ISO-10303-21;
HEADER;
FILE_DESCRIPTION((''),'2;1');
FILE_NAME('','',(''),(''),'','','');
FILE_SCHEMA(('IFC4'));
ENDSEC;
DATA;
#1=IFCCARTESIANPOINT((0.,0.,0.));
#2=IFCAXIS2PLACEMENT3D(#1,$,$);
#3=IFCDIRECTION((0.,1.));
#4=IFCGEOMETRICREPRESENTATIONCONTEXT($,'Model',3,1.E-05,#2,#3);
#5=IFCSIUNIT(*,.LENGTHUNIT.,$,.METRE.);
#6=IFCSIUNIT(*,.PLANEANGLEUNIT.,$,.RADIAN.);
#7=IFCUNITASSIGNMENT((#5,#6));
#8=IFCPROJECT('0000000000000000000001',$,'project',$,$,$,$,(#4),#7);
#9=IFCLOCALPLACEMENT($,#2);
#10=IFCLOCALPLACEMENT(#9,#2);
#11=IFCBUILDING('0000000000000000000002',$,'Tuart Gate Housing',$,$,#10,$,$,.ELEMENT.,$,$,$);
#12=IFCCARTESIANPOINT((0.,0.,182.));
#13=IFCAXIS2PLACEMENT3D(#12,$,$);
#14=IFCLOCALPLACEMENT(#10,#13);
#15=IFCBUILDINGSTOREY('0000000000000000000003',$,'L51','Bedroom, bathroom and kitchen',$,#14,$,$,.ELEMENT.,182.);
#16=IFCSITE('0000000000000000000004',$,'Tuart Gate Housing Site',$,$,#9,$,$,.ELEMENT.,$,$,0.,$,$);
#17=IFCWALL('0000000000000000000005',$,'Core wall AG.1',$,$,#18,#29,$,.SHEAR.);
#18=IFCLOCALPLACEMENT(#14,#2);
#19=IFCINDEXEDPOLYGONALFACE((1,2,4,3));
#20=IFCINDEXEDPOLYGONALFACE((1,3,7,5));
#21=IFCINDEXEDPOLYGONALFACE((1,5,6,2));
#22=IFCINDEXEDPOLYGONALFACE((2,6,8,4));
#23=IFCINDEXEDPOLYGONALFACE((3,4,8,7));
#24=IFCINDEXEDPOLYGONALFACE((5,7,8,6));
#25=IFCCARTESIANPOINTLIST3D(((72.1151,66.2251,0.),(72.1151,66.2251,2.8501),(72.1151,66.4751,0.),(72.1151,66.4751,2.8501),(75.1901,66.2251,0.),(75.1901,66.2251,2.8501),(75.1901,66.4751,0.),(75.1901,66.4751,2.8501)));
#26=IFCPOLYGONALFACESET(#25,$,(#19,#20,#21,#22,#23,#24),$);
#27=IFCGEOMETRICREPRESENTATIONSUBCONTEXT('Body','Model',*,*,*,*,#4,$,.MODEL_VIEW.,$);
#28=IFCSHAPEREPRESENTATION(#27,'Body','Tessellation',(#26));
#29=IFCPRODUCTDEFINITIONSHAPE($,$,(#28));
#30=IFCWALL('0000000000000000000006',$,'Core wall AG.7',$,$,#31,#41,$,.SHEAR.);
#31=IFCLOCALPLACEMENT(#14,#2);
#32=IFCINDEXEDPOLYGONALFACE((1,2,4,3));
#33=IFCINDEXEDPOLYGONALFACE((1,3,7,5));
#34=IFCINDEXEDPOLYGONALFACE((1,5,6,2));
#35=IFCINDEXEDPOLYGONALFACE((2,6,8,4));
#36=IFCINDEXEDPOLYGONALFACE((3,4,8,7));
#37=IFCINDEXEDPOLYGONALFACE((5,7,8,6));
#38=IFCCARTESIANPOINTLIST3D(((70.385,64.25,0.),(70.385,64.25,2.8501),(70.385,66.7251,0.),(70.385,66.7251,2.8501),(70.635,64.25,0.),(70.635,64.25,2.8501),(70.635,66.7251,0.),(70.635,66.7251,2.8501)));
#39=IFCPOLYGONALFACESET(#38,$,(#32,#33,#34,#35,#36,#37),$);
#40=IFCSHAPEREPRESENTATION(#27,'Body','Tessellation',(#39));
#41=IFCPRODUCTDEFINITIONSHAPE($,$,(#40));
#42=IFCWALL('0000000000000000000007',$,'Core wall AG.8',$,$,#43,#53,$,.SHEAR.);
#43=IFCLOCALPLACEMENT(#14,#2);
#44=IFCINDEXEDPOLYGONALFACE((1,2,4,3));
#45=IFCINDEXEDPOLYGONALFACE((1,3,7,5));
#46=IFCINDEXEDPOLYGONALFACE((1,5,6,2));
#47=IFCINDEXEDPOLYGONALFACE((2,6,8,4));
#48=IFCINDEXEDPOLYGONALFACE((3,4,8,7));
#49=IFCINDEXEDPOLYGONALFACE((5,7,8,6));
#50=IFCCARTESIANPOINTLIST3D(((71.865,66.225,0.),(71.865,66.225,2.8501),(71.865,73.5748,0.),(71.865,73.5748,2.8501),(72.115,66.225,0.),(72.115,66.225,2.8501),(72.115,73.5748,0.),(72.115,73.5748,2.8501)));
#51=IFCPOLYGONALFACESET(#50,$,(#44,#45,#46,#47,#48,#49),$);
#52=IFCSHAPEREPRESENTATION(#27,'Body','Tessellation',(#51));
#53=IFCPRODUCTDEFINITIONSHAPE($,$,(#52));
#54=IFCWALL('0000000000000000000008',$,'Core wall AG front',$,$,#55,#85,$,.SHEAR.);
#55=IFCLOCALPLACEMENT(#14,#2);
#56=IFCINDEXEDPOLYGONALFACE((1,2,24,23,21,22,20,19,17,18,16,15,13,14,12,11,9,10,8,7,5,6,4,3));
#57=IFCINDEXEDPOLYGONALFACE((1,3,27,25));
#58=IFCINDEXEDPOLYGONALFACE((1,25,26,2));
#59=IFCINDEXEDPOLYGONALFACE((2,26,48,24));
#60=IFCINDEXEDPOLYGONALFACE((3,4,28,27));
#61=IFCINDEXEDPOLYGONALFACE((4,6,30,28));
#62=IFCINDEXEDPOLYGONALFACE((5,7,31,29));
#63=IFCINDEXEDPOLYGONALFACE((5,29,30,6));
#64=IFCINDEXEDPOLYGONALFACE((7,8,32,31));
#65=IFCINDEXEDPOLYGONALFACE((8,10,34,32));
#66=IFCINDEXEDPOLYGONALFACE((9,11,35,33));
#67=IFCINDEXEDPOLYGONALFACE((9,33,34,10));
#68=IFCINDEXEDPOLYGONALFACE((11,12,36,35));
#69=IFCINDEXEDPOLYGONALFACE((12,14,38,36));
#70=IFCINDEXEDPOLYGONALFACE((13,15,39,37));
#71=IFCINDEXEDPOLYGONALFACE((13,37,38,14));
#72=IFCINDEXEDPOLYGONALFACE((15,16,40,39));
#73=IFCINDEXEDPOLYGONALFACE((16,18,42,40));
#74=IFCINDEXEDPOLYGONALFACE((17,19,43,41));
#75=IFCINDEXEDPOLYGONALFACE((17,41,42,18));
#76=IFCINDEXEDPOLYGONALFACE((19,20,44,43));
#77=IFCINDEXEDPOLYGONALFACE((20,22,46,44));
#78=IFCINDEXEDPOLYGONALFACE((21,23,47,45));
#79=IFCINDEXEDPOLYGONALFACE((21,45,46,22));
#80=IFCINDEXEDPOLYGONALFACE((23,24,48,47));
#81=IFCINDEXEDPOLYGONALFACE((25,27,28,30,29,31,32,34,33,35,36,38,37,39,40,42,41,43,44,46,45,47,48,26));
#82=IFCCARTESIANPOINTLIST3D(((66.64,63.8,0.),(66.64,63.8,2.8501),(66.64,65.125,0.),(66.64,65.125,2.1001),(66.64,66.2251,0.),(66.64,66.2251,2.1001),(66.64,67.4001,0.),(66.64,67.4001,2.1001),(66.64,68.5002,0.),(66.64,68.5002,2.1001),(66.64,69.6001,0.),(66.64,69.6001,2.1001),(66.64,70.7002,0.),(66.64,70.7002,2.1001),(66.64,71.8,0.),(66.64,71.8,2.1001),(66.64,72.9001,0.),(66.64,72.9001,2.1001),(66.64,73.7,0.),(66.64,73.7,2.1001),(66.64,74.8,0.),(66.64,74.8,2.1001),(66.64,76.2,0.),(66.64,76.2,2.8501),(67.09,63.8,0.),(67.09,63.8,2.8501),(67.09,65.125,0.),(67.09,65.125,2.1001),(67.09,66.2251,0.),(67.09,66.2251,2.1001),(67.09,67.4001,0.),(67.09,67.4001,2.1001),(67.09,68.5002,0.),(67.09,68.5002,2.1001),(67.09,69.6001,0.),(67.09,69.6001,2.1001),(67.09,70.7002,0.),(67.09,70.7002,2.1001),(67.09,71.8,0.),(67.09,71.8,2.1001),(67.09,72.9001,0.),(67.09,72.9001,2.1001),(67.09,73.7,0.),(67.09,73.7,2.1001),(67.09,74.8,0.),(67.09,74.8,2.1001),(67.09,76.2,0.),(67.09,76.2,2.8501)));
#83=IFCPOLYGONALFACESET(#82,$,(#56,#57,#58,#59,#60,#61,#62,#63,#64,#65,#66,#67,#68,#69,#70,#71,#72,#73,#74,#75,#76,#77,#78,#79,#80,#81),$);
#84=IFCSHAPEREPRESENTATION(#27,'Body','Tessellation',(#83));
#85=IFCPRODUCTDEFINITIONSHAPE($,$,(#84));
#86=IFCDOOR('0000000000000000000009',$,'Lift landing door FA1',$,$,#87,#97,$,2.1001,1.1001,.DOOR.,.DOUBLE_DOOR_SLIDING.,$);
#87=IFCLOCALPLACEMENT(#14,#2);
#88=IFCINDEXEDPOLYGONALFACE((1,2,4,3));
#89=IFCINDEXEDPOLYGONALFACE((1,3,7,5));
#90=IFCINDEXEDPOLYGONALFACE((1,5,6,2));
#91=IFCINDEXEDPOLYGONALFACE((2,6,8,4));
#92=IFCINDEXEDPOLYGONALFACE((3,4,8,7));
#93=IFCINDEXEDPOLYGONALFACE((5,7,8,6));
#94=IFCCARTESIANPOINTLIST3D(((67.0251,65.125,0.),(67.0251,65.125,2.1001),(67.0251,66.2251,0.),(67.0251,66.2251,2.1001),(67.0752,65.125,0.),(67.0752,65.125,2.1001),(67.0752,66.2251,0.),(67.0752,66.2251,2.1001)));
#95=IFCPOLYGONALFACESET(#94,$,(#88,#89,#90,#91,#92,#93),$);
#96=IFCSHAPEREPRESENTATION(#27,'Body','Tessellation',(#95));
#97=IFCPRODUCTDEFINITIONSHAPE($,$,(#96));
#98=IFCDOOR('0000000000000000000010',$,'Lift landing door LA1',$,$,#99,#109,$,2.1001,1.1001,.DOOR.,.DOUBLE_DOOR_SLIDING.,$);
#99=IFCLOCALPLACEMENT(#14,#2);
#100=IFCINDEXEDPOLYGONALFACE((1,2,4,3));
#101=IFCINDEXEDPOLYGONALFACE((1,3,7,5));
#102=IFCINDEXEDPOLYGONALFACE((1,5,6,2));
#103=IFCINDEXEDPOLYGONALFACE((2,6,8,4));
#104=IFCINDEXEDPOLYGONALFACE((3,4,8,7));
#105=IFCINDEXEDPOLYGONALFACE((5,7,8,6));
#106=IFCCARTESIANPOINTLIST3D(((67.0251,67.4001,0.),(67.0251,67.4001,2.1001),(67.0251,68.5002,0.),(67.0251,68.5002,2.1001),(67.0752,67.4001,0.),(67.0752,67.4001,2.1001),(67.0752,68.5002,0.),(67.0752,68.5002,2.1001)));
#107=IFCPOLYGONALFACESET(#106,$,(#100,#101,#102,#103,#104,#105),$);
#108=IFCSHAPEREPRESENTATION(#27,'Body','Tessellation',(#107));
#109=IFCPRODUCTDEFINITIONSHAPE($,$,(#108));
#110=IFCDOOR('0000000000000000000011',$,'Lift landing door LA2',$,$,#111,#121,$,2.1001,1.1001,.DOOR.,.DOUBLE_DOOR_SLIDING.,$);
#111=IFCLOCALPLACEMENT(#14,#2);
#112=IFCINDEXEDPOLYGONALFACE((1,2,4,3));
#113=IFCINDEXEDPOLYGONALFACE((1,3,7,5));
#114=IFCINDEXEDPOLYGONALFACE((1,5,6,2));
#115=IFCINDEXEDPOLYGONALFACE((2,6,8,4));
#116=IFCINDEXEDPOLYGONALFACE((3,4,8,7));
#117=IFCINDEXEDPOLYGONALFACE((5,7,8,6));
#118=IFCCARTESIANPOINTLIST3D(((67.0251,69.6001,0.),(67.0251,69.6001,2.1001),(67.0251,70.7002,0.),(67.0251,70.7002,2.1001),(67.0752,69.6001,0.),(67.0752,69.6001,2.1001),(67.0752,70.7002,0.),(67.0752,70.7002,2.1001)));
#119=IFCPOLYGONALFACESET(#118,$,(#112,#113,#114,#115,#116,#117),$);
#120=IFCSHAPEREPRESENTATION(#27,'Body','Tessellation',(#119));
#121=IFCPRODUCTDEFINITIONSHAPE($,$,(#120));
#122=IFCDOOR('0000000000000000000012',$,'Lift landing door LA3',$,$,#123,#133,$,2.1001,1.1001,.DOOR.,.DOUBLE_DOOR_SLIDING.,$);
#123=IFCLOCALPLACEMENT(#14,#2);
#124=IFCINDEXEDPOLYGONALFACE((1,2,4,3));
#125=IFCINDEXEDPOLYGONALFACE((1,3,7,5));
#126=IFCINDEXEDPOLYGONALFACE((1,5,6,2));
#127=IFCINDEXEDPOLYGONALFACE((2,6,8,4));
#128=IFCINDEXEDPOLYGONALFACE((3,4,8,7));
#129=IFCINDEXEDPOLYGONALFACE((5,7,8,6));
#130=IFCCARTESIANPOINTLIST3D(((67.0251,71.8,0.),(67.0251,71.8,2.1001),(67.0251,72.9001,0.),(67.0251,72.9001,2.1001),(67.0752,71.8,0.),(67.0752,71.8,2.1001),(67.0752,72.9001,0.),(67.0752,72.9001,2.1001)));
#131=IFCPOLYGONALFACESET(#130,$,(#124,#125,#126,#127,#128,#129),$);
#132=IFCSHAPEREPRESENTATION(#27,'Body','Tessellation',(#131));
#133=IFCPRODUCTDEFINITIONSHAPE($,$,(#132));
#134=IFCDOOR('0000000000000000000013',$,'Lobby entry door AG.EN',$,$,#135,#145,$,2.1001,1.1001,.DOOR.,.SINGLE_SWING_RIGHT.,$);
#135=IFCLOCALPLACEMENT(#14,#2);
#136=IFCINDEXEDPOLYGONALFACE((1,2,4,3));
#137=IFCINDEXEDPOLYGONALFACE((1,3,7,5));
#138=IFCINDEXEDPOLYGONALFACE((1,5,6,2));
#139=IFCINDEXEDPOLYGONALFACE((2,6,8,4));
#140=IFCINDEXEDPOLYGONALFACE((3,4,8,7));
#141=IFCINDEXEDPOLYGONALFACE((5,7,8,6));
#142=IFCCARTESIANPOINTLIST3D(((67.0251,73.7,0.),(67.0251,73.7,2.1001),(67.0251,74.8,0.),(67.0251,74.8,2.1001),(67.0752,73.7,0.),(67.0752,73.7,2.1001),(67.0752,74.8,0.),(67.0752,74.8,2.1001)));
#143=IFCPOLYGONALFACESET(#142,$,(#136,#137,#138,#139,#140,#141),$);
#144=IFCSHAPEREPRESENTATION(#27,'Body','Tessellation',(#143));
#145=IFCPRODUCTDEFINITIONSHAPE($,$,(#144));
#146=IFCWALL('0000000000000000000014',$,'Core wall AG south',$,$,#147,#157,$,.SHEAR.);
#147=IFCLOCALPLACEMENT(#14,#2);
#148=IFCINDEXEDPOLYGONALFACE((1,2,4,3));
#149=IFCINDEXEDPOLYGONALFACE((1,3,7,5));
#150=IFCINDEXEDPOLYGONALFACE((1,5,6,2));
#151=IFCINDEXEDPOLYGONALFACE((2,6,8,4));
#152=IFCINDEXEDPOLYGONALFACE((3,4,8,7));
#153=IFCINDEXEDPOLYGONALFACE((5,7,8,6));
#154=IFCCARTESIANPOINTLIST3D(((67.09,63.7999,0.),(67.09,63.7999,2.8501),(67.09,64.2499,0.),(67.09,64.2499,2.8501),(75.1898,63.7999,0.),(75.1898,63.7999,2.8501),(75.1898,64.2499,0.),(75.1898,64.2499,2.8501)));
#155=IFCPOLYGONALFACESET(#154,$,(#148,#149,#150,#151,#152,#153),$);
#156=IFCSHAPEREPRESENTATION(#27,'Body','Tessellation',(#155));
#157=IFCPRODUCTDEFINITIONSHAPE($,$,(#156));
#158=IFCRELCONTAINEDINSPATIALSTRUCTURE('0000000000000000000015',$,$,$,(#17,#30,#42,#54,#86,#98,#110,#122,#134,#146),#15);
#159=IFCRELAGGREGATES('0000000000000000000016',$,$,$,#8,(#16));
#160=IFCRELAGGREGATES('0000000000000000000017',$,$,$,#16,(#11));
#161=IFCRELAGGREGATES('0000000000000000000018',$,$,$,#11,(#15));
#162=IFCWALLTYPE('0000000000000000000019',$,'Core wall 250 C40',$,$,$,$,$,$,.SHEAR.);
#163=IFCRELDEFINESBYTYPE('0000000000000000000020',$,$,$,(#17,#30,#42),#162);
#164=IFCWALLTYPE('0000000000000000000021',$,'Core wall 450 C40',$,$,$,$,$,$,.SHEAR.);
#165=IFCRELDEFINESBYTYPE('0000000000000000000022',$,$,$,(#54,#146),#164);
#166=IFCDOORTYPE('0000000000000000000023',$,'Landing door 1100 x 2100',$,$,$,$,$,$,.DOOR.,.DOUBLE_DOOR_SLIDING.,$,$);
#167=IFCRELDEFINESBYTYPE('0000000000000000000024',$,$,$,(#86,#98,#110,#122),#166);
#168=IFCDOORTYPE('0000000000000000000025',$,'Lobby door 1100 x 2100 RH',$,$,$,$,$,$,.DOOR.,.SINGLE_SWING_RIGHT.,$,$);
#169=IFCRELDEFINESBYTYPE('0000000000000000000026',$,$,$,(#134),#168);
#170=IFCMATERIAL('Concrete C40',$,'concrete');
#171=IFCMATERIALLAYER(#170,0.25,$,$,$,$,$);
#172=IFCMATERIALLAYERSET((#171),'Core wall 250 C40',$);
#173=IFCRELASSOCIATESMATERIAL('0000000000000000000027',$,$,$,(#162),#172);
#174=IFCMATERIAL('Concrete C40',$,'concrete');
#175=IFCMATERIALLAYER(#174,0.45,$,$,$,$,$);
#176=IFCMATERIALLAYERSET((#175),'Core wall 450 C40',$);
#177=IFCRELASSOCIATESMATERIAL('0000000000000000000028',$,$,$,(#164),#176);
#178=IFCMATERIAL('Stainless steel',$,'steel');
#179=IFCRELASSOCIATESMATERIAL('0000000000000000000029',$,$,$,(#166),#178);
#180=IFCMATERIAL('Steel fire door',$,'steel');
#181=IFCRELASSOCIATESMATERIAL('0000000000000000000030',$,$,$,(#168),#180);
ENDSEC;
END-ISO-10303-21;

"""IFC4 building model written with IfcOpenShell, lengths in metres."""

from ifc_helpers import new_model, si_unit, direction, frame, frame_2d, origin, place, context, subcontext, project, spatial, rectangle, extrude, material, layer, layer_set, type_object, element, fill, save


model = new_model("IFC4")

# Units and contexts
model_context = context("Model", 3, precision=1e-05, world=origin(), true_north=direction((0.0, 1.0)))
body_context = subcontext(model_context, "Body", "Model", "MODEL_VIEW")
ifc_project = project(units=[si_unit("LENGTHUNIT", "METRE"), si_unit("PLANEANGLEUNIT", "RADIAN")], contexts=[model_context])

# Site, building, storey
site_placement = place(None, origin())
site = spatial("IfcSite", under=ifc_project, at=site_placement, Name="Tuart Gate Housing Site", CompositionType="ELEMENT", RefElevation=0.0)
building_placement = place(site_placement, origin())
building = spatial("IfcBuilding", under=site, at=building_placement, Name="Tuart Gate Housing", CompositionType="ELEMENT")
storey_placement = place(building_placement, frame((0.0, 0.0, 182.0)))
storey = spatial("IfcBuildingStorey", under=building, at=storey_placement, Name="L51", Description="Bedroom, bathroom and kitchen", CompositionType="ELEMENT", Elevation=182.0)

# Walls
ifc_material_1 = material(Name="Concrete C40", Category="concrete")
ifc_layer_1 = layer(ifc_material_1, 0.25)
ifc_layer_set_1 = layer_set([ifc_layer_1], Name="Core wall 250 C40")
wall_type_1 = type_object("IfcWallType", Name="Core wall 250 C40", PredefinedType="SHEAR", material=ifc_layer_set_1)
wall_1_placement = place(storey_placement, frame((72.115, 66.3501, 0.0), z_axis=(0.0, 0.0, 1.0), x_axis=(1.0, 0.0, 0.0)))
element("IfcWall", 1, at=wall_1_placement, inside=storey, type_object=wall_type_1, Name="Core wall AG.1", PredefinedType="SHEAR", context=body_context, shape_type="SweptSolid", body=[
    extrude(rectangle(XDim=3.075, YDim=0.25, at=frame_2d((1.5376, 0.0))), origin(), (0.0, 0.0, 1.0), 2.8501),
])
wall_2_placement = place(storey_placement, frame((70.51, 64.25, 0.0), z_axis=(0.0, 0.0, 1.0), x_axis=(0.0, 1.0, 0.0)))
element("IfcWall", 2, at=wall_2_placement, inside=storey, type_object=wall_type_1, Name="Core wall AG.7", PredefinedType="SHEAR", context=body_context, shape_type="SweptSolid", body=[
    extrude(rectangle(XDim=2.4751, YDim=0.25, at=frame_2d((1.2375, 0.0))), origin(), (0.0, 0.0, 1.0), 2.8501),
])
wall_3_placement = place(storey_placement, frame((71.99, 66.2251, 0.0), z_axis=(0.0, 0.0, 1.0), x_axis=(0.0, 1.0, 0.0)))
element("IfcWall", 3, at=wall_3_placement, inside=storey, type_object=wall_type_1, Name="Core wall AG.8", PredefinedType="SHEAR", context=body_context, shape_type="SweptSolid", body=[
    extrude(rectangle(XDim=7.3499, YDim=0.25, at=frame_2d((3.6748, 0.0))), origin(), (0.0, 0.0, 1.0), 2.8501),
])

# Wall, openings, doors
ifc_material_2 = material(Name="Concrete C40", Category="concrete")
ifc_layer_2 = layer(ifc_material_2, 0.45)
ifc_layer_set_2 = layer_set([ifc_layer_2], Name="Core wall 450 C40")
wall_type_2 = type_object("IfcWallType", Name="Core wall 450 C40", PredefinedType="SHEAR", material=ifc_layer_set_2)
wall_4_placement = place(storey_placement, frame((66.865, 63.8, 0.0), z_axis=(0.0, 0.0, 1.0), x_axis=(0.0, 1.0, 0.0)))
wall_4 = element("IfcWall", 4, at=wall_4_placement, inside=storey, type_object=wall_type_2, Name="Core wall AG front", PredefinedType="SHEAR", context=body_context, shape_type="SweptSolid", body=[
    extrude(rectangle(XDim=12.3999, YDim=0.45, at=frame_2d((6.2, 0.0))), origin(), (0.0, 0.0, 1.0), 2.8501),
])
opening_1_placement = place(wall_4_placement, frame((1.325, 0.0, 0.0)))
opening_1 = element("IfcOpeningElement", 5, at=opening_1_placement, cuts=wall_4, PredefinedType="OPENING", context=body_context, shape_type="SweptSolid", body=[
    extrude(rectangle(XDim=1.1001, YDim=2.1001, at=frame_2d((0.55, 1.05))), frame((0.0, 0.2349, 0.0), z_axis=(0.0, -1.0, 0.0), x_axis=(1.0, 0.0, 0.0)), (0.0, 0.0, 1.0), 0.47),
])
opening_2_placement = place(wall_4_placement, frame((3.6001, 0.0, 0.0)))
opening_2 = element("IfcOpeningElement", 6, at=opening_2_placement, cuts=wall_4, PredefinedType="OPENING", context=body_context, shape_type="SweptSolid", body=[
    extrude(rectangle(XDim=1.1001, YDim=2.1001, at=frame_2d((0.55, 1.05))), frame((0.0, 0.2349, 0.0), z_axis=(0.0, -1.0, 0.0), x_axis=(1.0, 0.0, 0.0)), (0.0, 0.0, 1.0), 0.47),
])
opening_3_placement = place(wall_4_placement, frame((5.8, 0.0, 0.0)))
opening_3 = element("IfcOpeningElement", 7, at=opening_3_placement, cuts=wall_4, PredefinedType="OPENING", context=body_context, shape_type="SweptSolid", body=[
    extrude(rectangle(XDim=1.1001, YDim=2.1001, at=frame_2d((0.55, 1.05))), frame((0.0, 0.2349, 0.0), z_axis=(0.0, -1.0, 0.0), x_axis=(1.0, 0.0, 0.0)), (0.0, 0.0, 1.0), 0.47),
])
opening_4_placement = place(wall_4_placement, frame((8.0, 0.0, 0.0)))
opening_4 = element("IfcOpeningElement", 8, at=opening_4_placement, cuts=wall_4, PredefinedType="OPENING", context=body_context, shape_type="SweptSolid", body=[
    extrude(rectangle(XDim=1.1001, YDim=2.1001, at=frame_2d((0.55, 1.05))), frame((0.0, 0.2349, 0.0), z_axis=(0.0, -1.0, 0.0), x_axis=(1.0, 0.0, 0.0)), (0.0, 0.0, 1.0), 0.47),
])
opening_5_placement = place(wall_4_placement, frame((9.8999, 0.0, 0.0)))
opening_5 = element("IfcOpeningElement", 9, at=opening_5_placement, cuts=wall_4, PredefinedType="OPENING", context=body_context, shape_type="SweptSolid", body=[
    extrude(rectangle(XDim=1.1001, YDim=2.1001, at=frame_2d((0.55, 1.05))), frame((0.0, 0.2349, 0.0), z_axis=(0.0, -1.0, 0.0), x_axis=(1.0, 0.0, 0.0)), (0.0, 0.0, 1.0), 0.47),
])
ifc_material_3 = material(Name="Stainless steel", Category="steel")
door_type_1 = type_object("IfcDoorType", Name="Landing door 1100 x 2100", OperationType="DOUBLE_DOOR_SLIDING", PredefinedType="DOOR", material=ifc_material_3)
door_1_placement = place(opening_1_placement, origin())
door_1 = element("IfcDoor", 10, at=door_1_placement, inside=storey, type_object=door_type_1, Name="Lift landing door FA1", OperationType="DOUBLE_DOOR_SLIDING", OverallHeight=2.1001, OverallWidth=1.1001, PredefinedType="DOOR", context=body_context, shape_type="SweptSolid", body=[
    extrude(rectangle(XDim=1.1001, YDim=2.1001, at=frame_2d((0.55, 1.05))), frame((0.0, -0.1602, 0.0), z_axis=(0.0, -1.0, 0.0), x_axis=(1.0, 0.0, 0.0)), (0.0, 0.0, 1.0), 0.05),
])
fill(opening_1, door_1)
door_2_placement = place(opening_2_placement, origin())
door_2 = element("IfcDoor", 11, at=door_2_placement, inside=storey, type_object=door_type_1, Name="Lift landing door LA1", OperationType="DOUBLE_DOOR_SLIDING", OverallHeight=2.1001, OverallWidth=1.1001, PredefinedType="DOOR", context=body_context, shape_type="SweptSolid", body=[
    extrude(rectangle(XDim=1.1001, YDim=2.1001, at=frame_2d((0.55, 1.05))), frame((0.0, -0.1602, 0.0), z_axis=(0.0, -1.0, 0.0), x_axis=(1.0, 0.0, 0.0)), (0.0, 0.0, 1.0), 0.05),
])
fill(opening_2, door_2)
door_3_placement = place(opening_3_placement, origin())
door_3 = element("IfcDoor", 12, at=door_3_placement, inside=storey, type_object=door_type_1, Name="Lift landing door LA2", OperationType="DOUBLE_DOOR_SLIDING", OverallHeight=2.1001, OverallWidth=1.1001, PredefinedType="DOOR", context=body_context, shape_type="SweptSolid", body=[
    extrude(rectangle(XDim=1.1001, YDim=2.1001, at=frame_2d((0.55, 1.05))), frame((0.0, -0.1602, 0.0), z_axis=(0.0, -1.0, 0.0), x_axis=(1.0, 0.0, 0.0)), (0.0, 0.0, 1.0), 0.05),
])
fill(opening_3, door_3)
door_4_placement = place(opening_4_placement, origin())
door_4 = element("IfcDoor", 13, at=door_4_placement, inside=storey, type_object=door_type_1, Name="Lift landing door LA3", OperationType="DOUBLE_DOOR_SLIDING", OverallHeight=2.1001, OverallWidth=1.1001, PredefinedType="DOOR", context=body_context, shape_type="SweptSolid", body=[
    extrude(rectangle(XDim=1.1001, YDim=2.1001, at=frame_2d((0.55, 1.05))), frame((0.0, -0.1602, 0.0), z_axis=(0.0, -1.0, 0.0), x_axis=(1.0, 0.0, 0.0)), (0.0, 0.0, 1.0), 0.05),
])
fill(opening_4, door_4)
ifc_material_4 = material(Name="Steel fire door", Category="steel")
door_type_2 = type_object("IfcDoorType", Name="Lobby door 1100 x 2100 RH", OperationType="SINGLE_SWING_RIGHT", PredefinedType="DOOR", material=ifc_material_4)
door_5_placement = place(opening_5_placement, frame((1.1001, 0.0, 0.0), z_axis=(0.0, 0.0, 1.0), x_axis=(-1.0, 0.0, 0.0)))
door_5 = element("IfcDoor", 14, at=door_5_placement, inside=storey, type_object=door_type_2, Name="Lobby entry door AG.EN", OperationType="SINGLE_SWING_RIGHT", OverallHeight=2.1001, OverallWidth=1.1001, PredefinedType="DOOR", context=body_context, shape_type="SweptSolid", body=[
    extrude(rectangle(XDim=1.1001, YDim=2.1001, at=frame_2d((0.55, 1.05))), frame((0.0, 0.2102, 0.0), z_axis=(0.0, -1.0, 0.0), x_axis=(1.0, 0.0, 0.0)), (0.0, 0.0, 1.0), 0.05),
])
fill(opening_5, door_5)

# Wall
wall_5_placement = place(storey_placement, frame((67.0901, 64.0249, 0.0), z_axis=(0.0, 0.0, 1.0), x_axis=(1.0, 0.0, 0.0)))
element("IfcWall", 15, at=wall_5_placement, inside=storey, type_object=wall_type_2, Name="Core wall AG south", PredefinedType="SHEAR", context=body_context, shape_type="SweptSolid", body=[
    extrude(rectangle(XDim=8.0999, YDim=0.45, at=frame_2d((4.0498, 0.0))), origin(), (0.0, 0.0, 1.0), 2.8501),
])

save(model, "model.ifc")
